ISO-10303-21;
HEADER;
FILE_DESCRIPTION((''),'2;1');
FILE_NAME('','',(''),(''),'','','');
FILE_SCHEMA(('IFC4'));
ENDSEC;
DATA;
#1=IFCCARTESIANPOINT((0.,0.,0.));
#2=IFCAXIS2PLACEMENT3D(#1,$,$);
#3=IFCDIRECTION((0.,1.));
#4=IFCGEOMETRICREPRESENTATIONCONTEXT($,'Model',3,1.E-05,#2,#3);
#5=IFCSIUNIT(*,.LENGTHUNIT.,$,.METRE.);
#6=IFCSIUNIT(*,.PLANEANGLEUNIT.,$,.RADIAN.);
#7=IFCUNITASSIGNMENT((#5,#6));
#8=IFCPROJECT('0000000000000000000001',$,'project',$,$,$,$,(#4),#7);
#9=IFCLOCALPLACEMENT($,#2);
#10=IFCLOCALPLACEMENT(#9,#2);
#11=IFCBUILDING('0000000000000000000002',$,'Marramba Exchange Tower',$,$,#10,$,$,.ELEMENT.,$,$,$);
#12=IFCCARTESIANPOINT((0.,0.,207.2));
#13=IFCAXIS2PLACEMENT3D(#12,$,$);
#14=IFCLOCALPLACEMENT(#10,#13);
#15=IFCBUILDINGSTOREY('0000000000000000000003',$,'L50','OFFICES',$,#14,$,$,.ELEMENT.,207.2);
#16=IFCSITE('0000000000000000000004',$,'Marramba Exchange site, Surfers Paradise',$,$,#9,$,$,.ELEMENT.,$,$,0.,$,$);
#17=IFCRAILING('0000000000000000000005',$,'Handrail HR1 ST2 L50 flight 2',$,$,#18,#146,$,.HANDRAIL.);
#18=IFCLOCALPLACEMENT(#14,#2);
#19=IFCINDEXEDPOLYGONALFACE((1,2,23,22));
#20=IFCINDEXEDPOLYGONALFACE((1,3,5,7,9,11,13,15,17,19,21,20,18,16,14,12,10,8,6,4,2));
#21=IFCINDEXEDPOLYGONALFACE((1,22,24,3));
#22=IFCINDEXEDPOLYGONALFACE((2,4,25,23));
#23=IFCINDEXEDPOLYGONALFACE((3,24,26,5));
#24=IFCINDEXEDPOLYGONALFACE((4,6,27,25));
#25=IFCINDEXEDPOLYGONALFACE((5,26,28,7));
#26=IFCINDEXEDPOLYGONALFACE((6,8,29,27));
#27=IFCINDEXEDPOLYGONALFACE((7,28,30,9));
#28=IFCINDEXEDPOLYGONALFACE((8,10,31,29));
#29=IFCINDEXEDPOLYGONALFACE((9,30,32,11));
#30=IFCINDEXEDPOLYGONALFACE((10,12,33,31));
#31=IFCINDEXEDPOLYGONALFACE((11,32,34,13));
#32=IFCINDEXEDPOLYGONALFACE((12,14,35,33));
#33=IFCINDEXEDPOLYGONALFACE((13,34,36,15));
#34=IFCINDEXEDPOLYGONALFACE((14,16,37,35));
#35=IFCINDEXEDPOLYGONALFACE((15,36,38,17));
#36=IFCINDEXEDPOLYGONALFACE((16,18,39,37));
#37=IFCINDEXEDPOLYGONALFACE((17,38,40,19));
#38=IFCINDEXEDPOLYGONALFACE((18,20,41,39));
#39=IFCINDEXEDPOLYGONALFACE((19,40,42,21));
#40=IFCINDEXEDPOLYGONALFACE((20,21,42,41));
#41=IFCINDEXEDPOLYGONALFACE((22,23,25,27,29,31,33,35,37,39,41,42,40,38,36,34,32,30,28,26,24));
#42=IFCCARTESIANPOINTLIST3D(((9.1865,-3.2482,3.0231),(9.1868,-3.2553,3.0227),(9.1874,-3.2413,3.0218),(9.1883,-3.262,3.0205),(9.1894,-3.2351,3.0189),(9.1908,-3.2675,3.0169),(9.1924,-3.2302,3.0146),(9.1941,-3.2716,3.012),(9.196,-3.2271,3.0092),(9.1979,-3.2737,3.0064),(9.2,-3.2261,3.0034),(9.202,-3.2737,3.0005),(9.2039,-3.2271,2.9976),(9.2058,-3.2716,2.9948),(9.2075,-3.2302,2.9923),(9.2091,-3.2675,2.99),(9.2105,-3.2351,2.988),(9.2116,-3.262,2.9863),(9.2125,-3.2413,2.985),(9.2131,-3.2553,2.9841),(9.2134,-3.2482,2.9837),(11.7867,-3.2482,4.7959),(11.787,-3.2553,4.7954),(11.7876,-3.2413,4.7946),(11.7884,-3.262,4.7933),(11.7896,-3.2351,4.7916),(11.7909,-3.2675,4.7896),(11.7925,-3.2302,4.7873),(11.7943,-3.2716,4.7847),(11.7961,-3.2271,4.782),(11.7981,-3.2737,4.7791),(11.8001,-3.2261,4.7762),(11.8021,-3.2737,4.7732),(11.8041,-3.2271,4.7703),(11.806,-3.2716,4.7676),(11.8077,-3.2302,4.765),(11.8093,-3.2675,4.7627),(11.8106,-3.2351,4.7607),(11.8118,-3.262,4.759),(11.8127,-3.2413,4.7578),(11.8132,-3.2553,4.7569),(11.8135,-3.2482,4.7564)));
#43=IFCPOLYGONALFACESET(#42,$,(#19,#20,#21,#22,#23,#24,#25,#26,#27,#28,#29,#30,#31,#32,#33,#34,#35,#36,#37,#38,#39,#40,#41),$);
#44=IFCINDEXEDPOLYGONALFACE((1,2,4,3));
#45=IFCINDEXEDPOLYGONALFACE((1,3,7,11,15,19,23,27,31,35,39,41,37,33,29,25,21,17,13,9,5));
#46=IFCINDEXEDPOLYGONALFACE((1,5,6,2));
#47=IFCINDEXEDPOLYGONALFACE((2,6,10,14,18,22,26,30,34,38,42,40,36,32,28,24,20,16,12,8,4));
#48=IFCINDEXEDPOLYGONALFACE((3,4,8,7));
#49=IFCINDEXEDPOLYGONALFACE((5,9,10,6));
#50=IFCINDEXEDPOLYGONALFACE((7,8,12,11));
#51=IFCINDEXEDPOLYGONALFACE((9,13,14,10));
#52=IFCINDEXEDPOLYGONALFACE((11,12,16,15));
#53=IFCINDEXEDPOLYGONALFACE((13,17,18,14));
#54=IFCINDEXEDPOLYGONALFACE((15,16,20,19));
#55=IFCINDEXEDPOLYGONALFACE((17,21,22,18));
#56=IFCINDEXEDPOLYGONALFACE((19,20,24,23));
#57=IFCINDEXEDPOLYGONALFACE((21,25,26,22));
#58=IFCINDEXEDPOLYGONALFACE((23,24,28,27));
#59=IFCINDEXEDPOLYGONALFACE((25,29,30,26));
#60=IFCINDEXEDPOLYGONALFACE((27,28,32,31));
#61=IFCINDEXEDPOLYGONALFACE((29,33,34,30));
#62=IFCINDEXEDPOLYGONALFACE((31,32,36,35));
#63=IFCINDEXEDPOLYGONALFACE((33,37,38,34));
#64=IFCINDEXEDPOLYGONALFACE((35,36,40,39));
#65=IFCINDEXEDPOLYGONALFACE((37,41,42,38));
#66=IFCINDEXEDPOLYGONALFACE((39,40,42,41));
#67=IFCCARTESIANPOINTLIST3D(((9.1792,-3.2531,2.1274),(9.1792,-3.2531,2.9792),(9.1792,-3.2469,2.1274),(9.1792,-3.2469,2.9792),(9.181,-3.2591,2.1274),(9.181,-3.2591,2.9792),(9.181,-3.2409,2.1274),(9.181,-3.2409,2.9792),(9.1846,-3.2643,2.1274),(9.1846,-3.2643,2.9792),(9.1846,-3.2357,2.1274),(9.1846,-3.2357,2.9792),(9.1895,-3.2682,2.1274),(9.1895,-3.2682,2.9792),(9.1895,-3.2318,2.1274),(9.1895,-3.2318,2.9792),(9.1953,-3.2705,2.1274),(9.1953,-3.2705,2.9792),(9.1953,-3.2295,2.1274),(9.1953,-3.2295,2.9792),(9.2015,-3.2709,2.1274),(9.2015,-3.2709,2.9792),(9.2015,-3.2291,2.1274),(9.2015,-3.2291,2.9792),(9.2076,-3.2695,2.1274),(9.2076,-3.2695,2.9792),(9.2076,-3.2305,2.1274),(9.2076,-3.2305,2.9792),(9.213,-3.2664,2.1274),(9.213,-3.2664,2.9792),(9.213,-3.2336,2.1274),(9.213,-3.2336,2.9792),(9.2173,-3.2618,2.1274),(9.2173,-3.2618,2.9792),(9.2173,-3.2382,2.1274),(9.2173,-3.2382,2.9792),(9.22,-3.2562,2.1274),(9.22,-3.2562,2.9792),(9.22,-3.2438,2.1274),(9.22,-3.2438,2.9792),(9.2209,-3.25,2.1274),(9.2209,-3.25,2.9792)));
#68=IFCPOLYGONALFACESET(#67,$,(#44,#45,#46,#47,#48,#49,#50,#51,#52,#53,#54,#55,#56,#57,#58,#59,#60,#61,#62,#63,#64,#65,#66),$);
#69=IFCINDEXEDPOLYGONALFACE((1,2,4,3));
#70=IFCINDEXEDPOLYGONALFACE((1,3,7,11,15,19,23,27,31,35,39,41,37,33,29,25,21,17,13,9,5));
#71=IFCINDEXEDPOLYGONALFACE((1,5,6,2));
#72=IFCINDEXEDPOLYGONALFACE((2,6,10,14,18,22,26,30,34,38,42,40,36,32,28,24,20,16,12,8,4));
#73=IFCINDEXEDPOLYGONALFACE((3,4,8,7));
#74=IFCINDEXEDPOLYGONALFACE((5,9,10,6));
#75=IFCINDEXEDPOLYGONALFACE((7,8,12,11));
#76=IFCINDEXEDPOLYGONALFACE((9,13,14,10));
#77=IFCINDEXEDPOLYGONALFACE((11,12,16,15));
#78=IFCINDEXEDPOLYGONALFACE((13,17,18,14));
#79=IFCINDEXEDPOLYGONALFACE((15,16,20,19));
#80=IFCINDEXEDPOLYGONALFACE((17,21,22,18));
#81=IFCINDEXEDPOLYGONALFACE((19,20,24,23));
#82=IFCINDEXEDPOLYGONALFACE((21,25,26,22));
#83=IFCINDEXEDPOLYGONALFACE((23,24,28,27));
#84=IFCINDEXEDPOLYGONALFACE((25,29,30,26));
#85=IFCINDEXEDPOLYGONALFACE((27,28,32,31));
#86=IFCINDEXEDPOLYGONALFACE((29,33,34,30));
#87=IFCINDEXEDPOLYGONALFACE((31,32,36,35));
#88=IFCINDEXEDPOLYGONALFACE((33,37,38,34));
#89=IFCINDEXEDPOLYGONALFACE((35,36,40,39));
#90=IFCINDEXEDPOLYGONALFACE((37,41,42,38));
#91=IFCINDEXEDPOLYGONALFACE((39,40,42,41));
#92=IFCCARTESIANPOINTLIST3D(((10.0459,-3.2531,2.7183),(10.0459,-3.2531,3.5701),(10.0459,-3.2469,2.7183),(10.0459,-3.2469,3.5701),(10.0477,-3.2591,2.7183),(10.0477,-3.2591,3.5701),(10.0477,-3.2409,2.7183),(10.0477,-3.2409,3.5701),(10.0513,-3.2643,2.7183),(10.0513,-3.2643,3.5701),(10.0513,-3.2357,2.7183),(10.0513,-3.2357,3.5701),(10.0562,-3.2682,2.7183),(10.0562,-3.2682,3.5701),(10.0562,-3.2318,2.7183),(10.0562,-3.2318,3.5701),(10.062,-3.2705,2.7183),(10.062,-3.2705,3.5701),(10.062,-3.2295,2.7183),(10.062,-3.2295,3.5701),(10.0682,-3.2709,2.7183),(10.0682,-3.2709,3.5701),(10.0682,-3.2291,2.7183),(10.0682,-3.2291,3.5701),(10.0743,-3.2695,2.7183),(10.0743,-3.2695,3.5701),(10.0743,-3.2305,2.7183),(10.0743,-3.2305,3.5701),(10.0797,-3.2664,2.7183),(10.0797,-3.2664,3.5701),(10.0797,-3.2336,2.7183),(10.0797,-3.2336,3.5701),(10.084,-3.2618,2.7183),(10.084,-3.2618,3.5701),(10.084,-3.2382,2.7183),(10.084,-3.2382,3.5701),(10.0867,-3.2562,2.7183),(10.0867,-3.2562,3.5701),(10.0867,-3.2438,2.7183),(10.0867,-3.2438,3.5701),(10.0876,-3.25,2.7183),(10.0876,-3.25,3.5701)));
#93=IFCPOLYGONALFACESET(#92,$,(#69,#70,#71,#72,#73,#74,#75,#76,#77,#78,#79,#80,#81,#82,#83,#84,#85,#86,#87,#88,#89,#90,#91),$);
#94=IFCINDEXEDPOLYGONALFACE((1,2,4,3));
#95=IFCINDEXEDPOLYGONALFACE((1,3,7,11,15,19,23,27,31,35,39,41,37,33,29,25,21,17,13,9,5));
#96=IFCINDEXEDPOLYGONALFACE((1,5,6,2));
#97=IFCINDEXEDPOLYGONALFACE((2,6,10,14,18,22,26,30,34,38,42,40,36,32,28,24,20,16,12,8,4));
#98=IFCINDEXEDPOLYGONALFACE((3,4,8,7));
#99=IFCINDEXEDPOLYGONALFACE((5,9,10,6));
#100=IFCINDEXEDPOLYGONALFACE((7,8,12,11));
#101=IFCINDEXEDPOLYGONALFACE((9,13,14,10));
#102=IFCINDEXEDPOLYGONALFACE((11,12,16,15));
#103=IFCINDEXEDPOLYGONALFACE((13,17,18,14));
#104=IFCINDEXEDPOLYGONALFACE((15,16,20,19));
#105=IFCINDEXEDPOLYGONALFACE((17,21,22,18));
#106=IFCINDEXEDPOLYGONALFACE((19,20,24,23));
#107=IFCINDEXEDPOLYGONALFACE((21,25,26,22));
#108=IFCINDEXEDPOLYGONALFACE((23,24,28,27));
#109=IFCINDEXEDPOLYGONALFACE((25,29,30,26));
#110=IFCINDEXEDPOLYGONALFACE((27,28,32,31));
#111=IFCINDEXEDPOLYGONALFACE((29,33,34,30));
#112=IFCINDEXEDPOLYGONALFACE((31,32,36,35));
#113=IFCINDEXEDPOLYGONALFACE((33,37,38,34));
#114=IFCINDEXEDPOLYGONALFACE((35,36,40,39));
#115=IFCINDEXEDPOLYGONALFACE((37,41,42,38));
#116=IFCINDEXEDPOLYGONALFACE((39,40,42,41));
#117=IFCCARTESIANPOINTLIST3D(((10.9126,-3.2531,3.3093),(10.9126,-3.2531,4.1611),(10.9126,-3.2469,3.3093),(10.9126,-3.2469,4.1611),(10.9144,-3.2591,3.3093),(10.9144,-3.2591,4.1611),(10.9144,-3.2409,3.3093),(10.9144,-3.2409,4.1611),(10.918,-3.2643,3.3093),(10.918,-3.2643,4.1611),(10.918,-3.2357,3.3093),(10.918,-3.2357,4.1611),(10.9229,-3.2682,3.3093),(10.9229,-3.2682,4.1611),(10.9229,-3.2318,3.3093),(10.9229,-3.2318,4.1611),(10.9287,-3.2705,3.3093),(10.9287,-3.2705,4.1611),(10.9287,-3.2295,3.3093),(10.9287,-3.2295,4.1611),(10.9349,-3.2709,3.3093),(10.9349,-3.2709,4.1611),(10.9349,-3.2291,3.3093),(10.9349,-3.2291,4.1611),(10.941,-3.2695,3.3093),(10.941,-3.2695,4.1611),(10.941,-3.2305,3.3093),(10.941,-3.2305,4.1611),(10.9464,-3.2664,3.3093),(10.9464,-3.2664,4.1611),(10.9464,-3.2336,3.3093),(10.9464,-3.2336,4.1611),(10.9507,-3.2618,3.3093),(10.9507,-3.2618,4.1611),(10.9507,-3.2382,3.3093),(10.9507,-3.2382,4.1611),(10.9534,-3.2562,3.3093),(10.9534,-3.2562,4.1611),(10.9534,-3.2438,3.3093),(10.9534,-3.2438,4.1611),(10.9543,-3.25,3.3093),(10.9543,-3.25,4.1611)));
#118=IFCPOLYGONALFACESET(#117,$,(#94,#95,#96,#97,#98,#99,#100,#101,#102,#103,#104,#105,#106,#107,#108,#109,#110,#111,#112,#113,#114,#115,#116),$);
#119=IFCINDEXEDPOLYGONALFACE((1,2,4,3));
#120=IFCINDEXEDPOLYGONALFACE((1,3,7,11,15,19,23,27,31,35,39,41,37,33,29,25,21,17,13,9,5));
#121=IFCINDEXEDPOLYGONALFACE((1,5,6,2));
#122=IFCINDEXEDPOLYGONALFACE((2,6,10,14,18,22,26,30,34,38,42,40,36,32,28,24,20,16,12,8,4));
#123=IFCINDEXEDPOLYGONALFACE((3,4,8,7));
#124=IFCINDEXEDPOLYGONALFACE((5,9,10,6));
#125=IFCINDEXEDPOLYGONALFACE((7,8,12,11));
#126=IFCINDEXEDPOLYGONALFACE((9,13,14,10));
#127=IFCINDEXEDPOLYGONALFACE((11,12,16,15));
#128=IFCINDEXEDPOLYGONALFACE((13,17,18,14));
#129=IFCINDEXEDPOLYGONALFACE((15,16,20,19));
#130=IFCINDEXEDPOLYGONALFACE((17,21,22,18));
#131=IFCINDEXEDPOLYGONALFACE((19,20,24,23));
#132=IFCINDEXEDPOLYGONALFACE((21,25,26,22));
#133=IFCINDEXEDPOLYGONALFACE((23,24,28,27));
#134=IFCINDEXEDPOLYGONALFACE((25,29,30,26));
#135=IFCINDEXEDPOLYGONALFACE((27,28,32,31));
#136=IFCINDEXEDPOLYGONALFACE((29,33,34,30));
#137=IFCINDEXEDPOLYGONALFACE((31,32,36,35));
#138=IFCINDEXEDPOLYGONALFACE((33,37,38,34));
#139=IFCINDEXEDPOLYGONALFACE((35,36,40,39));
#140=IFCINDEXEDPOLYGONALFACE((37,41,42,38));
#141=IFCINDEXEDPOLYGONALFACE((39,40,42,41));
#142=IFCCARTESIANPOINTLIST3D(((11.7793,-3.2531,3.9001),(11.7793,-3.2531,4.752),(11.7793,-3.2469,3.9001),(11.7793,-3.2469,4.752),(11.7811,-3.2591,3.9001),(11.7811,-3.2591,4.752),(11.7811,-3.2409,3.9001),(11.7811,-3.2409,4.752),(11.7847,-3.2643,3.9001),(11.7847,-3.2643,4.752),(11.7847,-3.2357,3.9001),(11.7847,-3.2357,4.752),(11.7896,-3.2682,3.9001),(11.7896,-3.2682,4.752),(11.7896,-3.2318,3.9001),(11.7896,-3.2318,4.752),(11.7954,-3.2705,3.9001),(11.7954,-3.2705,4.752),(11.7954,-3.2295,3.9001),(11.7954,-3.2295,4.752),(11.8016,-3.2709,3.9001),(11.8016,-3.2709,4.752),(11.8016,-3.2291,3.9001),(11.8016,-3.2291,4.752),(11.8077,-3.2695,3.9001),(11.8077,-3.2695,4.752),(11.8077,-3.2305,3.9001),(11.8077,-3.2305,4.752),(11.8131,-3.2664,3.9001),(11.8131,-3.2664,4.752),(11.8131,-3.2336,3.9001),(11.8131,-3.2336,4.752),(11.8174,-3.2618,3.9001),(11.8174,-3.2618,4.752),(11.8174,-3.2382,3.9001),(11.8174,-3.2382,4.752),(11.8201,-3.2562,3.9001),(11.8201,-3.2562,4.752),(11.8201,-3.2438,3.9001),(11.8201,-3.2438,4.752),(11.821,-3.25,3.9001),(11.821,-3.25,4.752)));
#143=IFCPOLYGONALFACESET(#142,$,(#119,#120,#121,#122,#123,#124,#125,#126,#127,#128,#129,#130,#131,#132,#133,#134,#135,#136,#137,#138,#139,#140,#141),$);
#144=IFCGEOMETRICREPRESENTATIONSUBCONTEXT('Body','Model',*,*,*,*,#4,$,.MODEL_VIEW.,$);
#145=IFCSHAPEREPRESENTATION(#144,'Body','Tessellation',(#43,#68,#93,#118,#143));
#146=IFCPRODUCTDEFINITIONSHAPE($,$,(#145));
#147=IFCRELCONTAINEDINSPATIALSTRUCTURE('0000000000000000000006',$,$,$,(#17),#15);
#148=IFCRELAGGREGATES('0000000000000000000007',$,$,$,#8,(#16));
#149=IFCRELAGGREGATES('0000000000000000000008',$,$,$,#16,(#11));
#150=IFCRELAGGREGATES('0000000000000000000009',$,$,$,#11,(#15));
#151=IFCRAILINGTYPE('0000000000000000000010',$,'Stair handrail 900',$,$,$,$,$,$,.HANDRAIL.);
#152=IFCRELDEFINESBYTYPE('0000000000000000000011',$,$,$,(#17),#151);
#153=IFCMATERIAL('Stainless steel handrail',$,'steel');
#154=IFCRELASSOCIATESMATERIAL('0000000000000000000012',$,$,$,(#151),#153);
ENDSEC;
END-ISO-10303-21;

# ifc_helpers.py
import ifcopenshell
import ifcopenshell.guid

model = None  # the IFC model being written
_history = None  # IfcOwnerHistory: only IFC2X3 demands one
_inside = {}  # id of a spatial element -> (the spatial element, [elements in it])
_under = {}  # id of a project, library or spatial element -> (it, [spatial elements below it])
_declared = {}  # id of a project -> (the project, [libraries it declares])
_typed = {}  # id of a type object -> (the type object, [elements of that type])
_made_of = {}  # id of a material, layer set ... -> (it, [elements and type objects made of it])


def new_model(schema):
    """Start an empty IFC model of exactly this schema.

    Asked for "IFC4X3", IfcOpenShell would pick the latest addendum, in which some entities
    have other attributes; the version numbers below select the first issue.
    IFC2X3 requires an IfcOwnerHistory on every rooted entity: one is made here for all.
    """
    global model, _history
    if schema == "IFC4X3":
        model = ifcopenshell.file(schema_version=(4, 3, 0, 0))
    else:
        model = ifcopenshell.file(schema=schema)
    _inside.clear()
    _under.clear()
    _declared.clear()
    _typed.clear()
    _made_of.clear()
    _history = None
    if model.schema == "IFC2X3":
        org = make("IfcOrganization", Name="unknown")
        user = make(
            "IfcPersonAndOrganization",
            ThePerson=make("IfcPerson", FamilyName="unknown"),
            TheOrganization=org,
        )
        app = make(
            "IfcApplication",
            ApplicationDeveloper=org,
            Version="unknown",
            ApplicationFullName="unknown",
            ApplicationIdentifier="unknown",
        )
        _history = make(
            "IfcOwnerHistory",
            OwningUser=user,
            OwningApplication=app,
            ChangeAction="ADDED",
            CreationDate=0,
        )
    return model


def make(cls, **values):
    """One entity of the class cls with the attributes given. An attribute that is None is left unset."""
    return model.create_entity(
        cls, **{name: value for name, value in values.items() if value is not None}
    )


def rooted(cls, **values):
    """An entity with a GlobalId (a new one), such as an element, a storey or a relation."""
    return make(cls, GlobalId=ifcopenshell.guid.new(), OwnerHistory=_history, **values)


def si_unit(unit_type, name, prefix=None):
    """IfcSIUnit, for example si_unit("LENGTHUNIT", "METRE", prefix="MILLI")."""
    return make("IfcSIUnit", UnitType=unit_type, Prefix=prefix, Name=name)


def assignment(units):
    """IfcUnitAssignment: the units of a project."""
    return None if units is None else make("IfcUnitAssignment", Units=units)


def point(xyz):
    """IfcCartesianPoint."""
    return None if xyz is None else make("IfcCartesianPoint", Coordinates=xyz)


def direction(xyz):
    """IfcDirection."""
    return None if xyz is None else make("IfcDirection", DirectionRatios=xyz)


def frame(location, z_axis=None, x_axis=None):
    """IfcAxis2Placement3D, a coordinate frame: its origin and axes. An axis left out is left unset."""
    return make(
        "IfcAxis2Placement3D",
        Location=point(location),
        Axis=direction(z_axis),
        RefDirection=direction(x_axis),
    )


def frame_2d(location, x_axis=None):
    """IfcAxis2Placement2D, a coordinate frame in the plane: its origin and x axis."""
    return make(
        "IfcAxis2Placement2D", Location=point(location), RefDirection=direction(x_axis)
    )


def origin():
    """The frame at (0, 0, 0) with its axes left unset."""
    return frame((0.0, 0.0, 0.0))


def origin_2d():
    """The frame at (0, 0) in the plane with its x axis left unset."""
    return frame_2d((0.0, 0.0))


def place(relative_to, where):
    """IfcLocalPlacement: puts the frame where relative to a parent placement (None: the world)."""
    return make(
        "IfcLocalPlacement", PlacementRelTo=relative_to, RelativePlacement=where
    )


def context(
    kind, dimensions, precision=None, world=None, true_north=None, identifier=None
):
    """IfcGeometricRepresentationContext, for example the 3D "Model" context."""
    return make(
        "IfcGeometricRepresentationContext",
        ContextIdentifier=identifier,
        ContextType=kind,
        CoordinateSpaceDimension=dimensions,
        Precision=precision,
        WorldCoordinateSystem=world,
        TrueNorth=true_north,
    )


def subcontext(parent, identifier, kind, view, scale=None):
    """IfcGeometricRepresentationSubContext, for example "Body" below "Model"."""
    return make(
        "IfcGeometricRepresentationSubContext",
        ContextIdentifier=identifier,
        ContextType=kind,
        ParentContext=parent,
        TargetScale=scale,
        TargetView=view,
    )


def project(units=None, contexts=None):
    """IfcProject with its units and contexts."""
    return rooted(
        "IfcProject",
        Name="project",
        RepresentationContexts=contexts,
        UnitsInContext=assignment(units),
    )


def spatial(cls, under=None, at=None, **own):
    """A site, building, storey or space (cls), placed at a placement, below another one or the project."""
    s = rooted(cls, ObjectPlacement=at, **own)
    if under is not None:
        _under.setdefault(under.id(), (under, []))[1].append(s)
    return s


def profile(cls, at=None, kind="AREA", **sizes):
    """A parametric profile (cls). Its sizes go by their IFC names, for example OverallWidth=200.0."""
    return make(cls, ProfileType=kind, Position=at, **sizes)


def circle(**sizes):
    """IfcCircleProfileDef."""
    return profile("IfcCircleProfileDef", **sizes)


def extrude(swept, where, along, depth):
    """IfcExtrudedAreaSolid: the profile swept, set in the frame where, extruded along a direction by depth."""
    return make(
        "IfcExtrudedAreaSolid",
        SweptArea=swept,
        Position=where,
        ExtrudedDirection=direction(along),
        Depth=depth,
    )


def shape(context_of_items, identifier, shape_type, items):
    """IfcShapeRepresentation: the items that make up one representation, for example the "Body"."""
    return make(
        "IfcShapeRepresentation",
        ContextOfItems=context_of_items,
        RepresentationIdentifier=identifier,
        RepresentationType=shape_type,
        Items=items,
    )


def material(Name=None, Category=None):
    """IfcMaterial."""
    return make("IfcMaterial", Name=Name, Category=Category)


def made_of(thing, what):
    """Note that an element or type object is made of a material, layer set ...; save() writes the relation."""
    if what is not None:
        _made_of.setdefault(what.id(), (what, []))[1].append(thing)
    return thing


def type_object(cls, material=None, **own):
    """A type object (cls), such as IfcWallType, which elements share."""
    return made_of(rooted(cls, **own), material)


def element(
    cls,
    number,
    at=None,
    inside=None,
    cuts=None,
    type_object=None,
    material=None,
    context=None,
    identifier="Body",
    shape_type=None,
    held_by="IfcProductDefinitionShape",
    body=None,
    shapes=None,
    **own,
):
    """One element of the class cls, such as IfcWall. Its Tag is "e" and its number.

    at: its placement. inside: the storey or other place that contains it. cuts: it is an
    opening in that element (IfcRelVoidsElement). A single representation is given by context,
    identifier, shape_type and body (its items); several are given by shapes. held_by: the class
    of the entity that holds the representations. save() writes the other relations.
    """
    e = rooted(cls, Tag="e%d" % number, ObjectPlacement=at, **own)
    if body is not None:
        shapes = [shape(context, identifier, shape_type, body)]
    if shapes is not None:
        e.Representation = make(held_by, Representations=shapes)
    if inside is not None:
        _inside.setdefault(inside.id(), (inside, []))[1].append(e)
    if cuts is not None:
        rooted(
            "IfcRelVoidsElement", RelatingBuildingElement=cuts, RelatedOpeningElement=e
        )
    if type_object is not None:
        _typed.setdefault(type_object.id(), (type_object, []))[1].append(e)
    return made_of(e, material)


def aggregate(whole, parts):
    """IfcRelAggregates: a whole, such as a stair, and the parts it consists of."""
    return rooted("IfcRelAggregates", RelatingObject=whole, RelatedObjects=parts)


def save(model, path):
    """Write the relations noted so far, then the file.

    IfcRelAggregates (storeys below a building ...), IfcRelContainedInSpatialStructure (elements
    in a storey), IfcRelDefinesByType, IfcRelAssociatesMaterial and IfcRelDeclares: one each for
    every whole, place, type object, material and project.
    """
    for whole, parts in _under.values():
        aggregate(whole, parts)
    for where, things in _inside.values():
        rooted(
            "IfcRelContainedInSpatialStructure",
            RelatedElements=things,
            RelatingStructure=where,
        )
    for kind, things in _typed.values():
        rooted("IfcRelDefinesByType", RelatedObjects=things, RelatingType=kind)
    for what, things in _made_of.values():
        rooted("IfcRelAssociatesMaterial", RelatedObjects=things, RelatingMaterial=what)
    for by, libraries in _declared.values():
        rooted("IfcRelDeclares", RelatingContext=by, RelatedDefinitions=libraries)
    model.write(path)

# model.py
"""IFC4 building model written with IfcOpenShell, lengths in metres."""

from ifc_helpers import new_model, si_unit, direction, frame, origin, origin_2d, place, context, subcontext, project, spatial, circle, extrude, material, type_object, element, save


model = new_model("IFC4")

# Units and contexts
model_context = context("Model", 3, precision=1e-05, world=origin(), true_north=direction((0.0, 1.0)))
body_context = subcontext(model_context, "Body", "Model", "MODEL_VIEW")
ifc_project = project(units=[si_unit("LENGTHUNIT", "METRE"), si_unit("PLANEANGLEUNIT", "RADIAN")], contexts=[model_context])

# Site, building, storey
site_placement = place(None, origin())
site = spatial("IfcSite", under=ifc_project, at=site_placement, Name="Marramba Exchange site, Surfers Paradise", CompositionType="ELEMENT", RefElevation=0.0)
building_placement = place(site_placement, origin())
building = spatial("IfcBuilding", under=site, at=building_placement, Name="Marramba Exchange Tower", CompositionType="ELEMENT")
storey_placement = place(building_placement, frame((0.0, 0.0, 207.2)))
storey = spatial("IfcBuildingStorey", under=building, at=storey_placement, Name="L50", Description="OFFICES", CompositionType="ELEMENT", Elevation=207.2)

# Railing
ifc_material_1 = material(Name="Stainless steel handrail", Category="steel")
railing_type = type_object("IfcRailingType", Name="Stair handrail 900", PredefinedType="HANDRAIL", material=ifc_material_1)
railing_placement = place(storey_placement, frame((9.2, -3.25, 2.1274)))
element("IfcRailing", 1, at=railing_placement, inside=storey, type_object=railing_type, Name="Handrail HR1 ST2 L50 flight 2", PredefinedType="HANDRAIL", context=body_context, shape_type="SweptSolid", body=[
    extrude(circle(Radius=0.0239, at=origin_2d()), frame((0.0, 0.0, 0.876), z_axis=(0.82624, 0.0, 0.563318), x_axis=(0.0, 1.0, 0.0)), (0.0, 0.0, 1.0), 3.147),
    extrude(circle(Radius=0.021, at=origin_2d()), origin(), (0.0, 0.0, 1.0), 0.8518),
    extrude(circle(Radius=0.021, at=origin_2d()), frame((0.8667, 0.0, 0.5908)), (0.0, 0.0, 1.0), 0.8518),
    extrude(circle(Radius=0.021, at=origin_2d()), frame((1.7334, 0.0, 1.1819)), (0.0, 0.0, 1.0), 0.8518),
    extrude(circle(Radius=0.021, at=origin_2d()), frame((2.6001, 0.0, 1.7727)), (0.0, 0.0, 1.0), 0.8518),
])

save(model, "model.ifc")
